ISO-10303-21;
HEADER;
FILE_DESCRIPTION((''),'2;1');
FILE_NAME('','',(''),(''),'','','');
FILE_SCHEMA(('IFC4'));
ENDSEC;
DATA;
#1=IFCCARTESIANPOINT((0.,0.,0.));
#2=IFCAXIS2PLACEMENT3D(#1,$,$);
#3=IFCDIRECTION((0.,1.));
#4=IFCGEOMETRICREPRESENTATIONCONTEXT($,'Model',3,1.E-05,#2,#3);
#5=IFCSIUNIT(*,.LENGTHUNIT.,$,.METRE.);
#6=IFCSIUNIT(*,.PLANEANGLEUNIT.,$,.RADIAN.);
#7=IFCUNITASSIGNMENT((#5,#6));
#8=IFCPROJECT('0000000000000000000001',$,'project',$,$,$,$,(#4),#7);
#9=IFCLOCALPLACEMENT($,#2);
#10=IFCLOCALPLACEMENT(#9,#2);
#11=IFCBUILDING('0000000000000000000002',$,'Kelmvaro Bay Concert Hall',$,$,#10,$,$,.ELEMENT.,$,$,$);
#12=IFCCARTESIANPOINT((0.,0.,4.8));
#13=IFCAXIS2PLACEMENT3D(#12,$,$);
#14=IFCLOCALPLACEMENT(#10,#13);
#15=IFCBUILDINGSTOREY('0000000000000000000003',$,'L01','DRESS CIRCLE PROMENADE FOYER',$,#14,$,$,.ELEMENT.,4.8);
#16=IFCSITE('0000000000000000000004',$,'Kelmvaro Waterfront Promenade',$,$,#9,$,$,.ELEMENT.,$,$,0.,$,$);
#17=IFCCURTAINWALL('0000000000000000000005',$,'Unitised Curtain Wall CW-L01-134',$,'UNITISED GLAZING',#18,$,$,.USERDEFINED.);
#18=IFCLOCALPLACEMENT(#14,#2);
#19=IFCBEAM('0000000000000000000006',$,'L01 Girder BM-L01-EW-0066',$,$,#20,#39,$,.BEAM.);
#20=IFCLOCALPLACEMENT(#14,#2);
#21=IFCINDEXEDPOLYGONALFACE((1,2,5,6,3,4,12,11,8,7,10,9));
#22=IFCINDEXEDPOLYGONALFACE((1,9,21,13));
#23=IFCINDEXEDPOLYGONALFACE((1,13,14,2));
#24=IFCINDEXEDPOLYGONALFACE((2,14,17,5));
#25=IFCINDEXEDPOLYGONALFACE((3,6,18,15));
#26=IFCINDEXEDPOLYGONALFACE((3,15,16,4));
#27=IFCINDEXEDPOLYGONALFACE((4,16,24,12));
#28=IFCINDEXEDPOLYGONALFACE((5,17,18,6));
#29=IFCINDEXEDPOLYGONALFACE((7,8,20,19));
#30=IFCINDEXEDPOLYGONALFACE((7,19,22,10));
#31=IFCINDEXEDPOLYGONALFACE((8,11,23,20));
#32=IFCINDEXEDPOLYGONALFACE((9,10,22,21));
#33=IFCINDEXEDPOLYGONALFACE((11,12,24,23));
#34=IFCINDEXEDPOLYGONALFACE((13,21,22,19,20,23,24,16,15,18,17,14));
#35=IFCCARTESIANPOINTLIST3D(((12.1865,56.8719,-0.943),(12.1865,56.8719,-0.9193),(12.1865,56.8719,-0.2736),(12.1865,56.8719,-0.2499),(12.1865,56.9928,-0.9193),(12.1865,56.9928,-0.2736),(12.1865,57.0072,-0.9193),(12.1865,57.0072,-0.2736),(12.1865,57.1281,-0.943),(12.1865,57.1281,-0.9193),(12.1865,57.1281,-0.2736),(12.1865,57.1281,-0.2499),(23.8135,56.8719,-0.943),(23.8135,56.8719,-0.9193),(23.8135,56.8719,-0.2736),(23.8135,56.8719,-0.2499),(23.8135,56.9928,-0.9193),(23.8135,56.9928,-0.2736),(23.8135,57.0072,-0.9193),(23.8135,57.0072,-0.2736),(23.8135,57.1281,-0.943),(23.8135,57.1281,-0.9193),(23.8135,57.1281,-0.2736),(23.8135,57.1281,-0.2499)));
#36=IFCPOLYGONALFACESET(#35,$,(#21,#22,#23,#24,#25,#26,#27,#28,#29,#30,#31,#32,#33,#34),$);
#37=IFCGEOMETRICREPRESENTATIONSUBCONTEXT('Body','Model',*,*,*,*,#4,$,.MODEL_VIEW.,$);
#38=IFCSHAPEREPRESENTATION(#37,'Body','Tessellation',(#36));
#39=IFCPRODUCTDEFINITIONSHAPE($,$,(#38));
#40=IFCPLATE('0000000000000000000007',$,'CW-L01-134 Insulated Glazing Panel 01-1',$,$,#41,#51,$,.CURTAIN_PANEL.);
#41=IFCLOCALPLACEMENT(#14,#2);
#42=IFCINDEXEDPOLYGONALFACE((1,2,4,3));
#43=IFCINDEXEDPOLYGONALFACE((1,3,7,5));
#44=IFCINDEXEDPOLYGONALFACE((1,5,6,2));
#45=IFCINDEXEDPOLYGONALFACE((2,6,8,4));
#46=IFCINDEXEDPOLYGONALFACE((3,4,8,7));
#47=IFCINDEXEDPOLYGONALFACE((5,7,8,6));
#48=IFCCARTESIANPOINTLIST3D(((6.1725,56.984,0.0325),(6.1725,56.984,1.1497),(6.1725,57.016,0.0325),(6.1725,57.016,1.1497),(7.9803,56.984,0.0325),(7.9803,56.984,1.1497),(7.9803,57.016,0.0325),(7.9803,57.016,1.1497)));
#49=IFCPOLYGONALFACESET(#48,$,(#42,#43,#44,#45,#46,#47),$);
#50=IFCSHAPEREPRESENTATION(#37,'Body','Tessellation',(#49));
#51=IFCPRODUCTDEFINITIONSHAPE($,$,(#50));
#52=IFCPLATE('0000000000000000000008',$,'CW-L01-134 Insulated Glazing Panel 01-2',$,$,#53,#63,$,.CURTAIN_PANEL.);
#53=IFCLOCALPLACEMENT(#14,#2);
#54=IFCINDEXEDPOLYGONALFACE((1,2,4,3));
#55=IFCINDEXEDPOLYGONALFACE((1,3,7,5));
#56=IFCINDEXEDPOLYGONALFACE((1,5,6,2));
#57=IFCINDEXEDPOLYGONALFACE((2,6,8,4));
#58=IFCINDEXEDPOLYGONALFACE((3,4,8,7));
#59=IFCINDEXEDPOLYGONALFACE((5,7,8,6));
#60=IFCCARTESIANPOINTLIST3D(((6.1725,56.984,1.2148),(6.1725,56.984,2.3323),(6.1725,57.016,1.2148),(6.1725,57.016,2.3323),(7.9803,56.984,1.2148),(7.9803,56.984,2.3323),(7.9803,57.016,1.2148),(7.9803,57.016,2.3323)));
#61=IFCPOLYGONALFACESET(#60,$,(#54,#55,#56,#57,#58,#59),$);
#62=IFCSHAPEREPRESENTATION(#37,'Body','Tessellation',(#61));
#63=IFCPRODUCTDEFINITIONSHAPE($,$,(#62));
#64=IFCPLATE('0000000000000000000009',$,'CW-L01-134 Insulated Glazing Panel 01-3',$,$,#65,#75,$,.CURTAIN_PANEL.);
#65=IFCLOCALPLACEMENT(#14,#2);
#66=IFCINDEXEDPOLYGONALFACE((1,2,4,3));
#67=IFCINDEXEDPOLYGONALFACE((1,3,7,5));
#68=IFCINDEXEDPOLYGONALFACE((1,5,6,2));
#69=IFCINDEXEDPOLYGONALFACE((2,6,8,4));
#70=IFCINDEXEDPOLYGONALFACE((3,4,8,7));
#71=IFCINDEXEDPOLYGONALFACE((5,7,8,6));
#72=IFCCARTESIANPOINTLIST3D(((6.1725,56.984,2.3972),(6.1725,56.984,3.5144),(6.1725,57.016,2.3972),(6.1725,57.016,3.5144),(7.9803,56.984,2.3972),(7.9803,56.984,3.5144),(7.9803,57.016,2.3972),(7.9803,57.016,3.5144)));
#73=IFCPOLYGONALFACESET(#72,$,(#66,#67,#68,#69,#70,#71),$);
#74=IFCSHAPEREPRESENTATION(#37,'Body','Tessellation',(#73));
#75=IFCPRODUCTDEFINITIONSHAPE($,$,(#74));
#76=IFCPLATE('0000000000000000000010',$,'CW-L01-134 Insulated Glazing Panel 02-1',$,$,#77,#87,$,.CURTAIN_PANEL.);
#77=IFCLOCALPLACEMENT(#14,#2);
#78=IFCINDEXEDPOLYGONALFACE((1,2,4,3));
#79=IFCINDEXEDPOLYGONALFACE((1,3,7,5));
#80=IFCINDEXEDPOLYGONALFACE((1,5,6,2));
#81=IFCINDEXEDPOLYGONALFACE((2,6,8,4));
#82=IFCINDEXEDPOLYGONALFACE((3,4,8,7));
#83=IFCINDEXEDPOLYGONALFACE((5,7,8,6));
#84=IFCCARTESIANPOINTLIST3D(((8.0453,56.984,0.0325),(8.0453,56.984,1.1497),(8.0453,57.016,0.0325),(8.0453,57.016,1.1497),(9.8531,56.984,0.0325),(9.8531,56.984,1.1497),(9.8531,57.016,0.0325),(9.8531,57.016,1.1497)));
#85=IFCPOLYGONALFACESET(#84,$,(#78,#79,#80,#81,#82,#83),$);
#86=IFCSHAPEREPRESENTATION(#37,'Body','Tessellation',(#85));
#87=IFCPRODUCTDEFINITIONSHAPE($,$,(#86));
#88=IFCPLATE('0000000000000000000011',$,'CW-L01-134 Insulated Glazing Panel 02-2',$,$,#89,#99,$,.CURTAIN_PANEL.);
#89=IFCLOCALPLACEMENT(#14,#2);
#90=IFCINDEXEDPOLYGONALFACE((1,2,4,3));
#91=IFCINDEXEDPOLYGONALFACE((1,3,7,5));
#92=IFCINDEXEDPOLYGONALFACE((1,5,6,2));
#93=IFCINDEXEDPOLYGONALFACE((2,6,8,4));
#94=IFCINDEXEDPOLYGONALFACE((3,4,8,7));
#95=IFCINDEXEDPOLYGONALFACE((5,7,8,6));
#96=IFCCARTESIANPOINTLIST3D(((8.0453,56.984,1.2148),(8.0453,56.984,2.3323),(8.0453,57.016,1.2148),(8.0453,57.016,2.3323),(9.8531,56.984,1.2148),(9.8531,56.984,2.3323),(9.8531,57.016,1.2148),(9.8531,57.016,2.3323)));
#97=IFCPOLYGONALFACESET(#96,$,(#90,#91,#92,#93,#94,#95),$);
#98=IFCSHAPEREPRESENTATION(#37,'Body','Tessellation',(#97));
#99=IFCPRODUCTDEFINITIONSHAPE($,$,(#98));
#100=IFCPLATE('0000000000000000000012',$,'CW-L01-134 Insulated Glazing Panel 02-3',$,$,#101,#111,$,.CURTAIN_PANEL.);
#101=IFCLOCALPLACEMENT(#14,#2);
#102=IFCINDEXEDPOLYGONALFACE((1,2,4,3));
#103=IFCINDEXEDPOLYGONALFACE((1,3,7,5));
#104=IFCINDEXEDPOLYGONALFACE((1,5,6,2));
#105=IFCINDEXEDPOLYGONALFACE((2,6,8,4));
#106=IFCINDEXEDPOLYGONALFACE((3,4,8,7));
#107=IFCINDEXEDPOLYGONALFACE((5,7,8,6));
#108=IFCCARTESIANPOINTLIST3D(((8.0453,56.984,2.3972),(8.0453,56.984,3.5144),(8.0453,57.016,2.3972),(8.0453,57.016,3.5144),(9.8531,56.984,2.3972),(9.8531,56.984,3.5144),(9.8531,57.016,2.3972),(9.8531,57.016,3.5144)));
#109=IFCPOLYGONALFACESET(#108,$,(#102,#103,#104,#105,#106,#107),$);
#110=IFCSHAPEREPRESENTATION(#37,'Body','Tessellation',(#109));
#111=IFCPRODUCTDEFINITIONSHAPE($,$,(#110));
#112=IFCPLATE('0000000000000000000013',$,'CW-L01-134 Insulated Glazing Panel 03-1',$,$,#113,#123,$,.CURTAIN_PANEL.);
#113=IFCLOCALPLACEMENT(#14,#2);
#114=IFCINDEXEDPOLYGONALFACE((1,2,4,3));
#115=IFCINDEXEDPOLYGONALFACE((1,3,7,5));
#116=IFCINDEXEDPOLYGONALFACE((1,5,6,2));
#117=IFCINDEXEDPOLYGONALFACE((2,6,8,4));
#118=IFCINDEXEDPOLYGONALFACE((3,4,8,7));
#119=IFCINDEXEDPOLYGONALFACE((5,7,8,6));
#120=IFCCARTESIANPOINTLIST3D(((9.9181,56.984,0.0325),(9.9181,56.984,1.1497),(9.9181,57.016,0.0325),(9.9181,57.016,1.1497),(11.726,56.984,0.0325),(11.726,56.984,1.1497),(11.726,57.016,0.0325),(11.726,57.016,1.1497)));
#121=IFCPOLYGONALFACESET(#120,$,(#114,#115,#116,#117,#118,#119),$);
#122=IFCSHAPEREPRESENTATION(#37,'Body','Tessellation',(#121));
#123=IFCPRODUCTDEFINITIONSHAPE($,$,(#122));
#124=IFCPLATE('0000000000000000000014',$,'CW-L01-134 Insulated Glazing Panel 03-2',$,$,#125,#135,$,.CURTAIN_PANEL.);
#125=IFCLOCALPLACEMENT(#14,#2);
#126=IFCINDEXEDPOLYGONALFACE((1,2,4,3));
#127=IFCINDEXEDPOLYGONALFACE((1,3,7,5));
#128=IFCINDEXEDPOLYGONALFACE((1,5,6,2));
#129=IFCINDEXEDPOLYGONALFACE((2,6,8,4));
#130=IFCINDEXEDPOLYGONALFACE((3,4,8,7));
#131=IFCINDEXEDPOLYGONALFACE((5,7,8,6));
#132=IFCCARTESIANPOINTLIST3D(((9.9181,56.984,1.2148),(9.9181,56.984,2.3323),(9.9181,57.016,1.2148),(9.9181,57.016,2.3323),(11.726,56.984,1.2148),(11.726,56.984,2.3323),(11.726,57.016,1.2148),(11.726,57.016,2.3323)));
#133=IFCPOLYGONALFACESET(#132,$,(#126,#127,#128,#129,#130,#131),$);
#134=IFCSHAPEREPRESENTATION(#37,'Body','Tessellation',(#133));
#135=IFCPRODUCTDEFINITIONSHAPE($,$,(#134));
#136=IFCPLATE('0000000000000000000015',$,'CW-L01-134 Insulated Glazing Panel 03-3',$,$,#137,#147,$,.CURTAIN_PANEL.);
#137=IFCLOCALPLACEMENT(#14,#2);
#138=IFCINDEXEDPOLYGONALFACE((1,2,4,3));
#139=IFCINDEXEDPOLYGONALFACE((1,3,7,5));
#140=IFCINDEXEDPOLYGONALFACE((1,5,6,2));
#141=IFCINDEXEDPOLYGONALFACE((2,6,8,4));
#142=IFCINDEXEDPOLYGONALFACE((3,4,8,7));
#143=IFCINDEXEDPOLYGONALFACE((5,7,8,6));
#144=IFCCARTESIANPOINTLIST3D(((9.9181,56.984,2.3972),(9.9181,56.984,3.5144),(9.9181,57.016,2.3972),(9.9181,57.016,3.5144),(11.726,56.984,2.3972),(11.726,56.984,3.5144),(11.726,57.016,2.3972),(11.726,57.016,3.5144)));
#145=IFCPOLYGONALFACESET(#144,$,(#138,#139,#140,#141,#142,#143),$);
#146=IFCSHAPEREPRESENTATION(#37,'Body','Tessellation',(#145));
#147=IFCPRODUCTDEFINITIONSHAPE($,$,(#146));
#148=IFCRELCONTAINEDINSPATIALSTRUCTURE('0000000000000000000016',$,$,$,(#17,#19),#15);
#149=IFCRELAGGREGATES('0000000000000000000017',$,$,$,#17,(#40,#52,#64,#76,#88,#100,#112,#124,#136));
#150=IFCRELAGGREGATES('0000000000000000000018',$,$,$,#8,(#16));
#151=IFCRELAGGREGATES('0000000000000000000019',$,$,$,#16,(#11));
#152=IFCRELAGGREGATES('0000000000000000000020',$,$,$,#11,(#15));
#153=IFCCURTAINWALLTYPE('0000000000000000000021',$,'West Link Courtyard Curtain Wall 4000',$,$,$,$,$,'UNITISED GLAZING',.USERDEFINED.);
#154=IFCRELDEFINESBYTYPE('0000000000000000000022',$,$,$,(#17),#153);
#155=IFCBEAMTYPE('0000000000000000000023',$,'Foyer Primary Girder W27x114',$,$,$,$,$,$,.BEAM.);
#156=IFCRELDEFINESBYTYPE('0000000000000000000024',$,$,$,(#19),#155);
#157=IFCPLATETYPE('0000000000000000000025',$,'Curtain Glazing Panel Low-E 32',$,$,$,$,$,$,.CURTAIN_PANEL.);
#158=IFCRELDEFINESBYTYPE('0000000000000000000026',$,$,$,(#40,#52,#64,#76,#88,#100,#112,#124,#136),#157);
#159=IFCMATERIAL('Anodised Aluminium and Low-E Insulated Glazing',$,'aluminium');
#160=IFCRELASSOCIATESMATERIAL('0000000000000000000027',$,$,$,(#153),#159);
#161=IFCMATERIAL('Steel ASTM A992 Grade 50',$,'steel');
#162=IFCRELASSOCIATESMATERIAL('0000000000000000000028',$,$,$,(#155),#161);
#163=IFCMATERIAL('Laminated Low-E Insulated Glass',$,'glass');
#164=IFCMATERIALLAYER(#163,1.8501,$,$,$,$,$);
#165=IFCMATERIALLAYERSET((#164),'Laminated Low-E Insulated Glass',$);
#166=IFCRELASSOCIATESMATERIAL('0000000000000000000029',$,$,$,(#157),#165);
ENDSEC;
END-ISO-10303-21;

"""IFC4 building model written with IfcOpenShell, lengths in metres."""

from ifc_helpers import new_model, si_unit, direction, frame, origin, origin_2d, place, context, subcontext, project, spatial, rectangle, i_section, extrude, material, layer, layer_set, material_profile, profile_set, type_object, element, aggregate, save


model = new_model("IFC4")

# Units and contexts
model_context = context("Model", 3, precision=1e-05, world=origin(), true_north=direction((0.0, 1.0)))
body_context = subcontext(model_context, "Body", "Model", "MODEL_VIEW")
ifc_project = project(units=[si_unit("LENGTHUNIT", "METRE"), si_unit("PLANEANGLEUNIT", "RADIAN")], contexts=[model_context])

# Site, building, storey
site_placement = place(None, origin())
site = spatial("IfcSite", under=ifc_project, at=site_placement, Name="Kelmvaro Waterfront Promenade", CompositionType="ELEMENT", RefElevation=0.0)
building_placement = place(site_placement, origin())
building = spatial("IfcBuilding", under=site, at=building_placement, Name="Kelmvaro Bay Concert Hall", CompositionType="ELEMENT")
storey_placement = place(building_placement, frame((0.0, 0.0, 4.8)))
storey = spatial("IfcBuildingStorey", under=building, at=storey_placement, Name="L01", Description="DRESS CIRCLE PROMENADE FOYER", CompositionType="ELEMENT", Elevation=4.8)

# Curtain wall
ifc_material_1 = material(Name="Anodised Aluminium and Low-E Insulated Glazing", Category="aluminium")
curtain_wall_type = type_object("IfcCurtainWallType", Name="West Link Courtyard Curtain Wall 4000", ElementType="UNITISED GLAZING", PredefinedType="USERDEFINED", material=ifc_material_1)
curtain_wall_1_placement = place(storey_placement, origin())
curtain_wall_1 = element("IfcCurtainWall", 1, at=curtain_wall_1_placement, inside=storey, type_object=curtain_wall_type, Name="Unitised Curtain Wall CW-L01-134", ObjectType="UNITISED GLAZING", PredefinedType="USERDEFINED")

# Beam
ifc_material_2 = material(Name="Steel ASTM A992 Grade 50", Category="steel")
ifc_material_profile_1 = material_profile(ifc_material_2, i_section(OverallWidth=0.2561, OverallDepth=0.6931, WebThickness=0.0144, FlangeThickness=0.0237, at=origin_2d()), Name="W27X114")
ifc_profile_set_1 = profile_set([ifc_material_profile_1], Name="Steel ASTM A992 Grade 50")
beam_type_1 = type_object("IfcBeamType", Name="Foyer Primary Girder W27x114", PredefinedType="BEAM", material=ifc_profile_set_1)
beam_1_placement = place(storey_placement, frame((12.1865, 57.0, -0.5964), z_axis=(1.0, 0.0, 0.0), x_axis=(0.0, 1.0, 0.0)))
element("IfcBeam", 2, at=beam_1_placement, inside=storey, type_object=beam_type_1, Name="L01 Girder BM-L01-EW-0066", PredefinedType="BEAM", context=body_context, shape_type="SweptSolid", body=[
    extrude(i_section(OverallWidth=0.2561, OverallDepth=0.6931, WebThickness=0.0144, FlangeThickness=0.0237, at=origin_2d()), origin(), (0.0, 0.0, 1.0), 11.627),
])

# Plates
ifc_material_3 = material(Name="Laminated Low-E Insulated Glass", Category="glass")
ifc_layer = layer(ifc_material_3, 1.8501)
ifc_layer_set = layer_set([ifc_layer], Name="Laminated Low-E Insulated Glass")
plate_type = type_object("IfcPlateType", Name="Curtain Glazing Panel Low-E 32", PredefinedType="CURTAIN_PANEL", material=ifc_layer_set)
plate_1_placement = place(storey_placement, frame((7.0764, 57.0, 0.0325), z_axis=(0.0, 0.0, 1.0), x_axis=(1.0, 0.0, 0.0)))
plate_1 = element("IfcPlate", 3, at=plate_1_placement, type_object=plate_type, Name="CW-L01-134 Insulated Glazing Panel 01-1", PredefinedType="CURTAIN_PANEL", context=body_context, shape_type="SweptSolid", body=[
    extrude(rectangle(XDim=1.8079, YDim=0.032, at=origin_2d()), origin(), (0.0, 0.0, 1.0), 1.1172),
])
plate_2_placement = place(storey_placement, frame((7.0764, 57.0, 1.2148), z_axis=(0.0, 0.0, 1.0), x_axis=(1.0, 0.0, 0.0)))
plate_2 = element("IfcPlate", 4, at=plate_2_placement, type_object=plate_type, Name="CW-L01-134 Insulated Glazing Panel 01-2", PredefinedType="CURTAIN_PANEL", context=body_context, shape_type="SweptSolid", body=[
    extrude(rectangle(XDim=1.8079, YDim=0.032, at=origin_2d()), origin(), (0.0, 0.0, 1.0), 1.1174),
])
plate_3_placement = place(storey_placement, frame((7.0764, 57.0, 2.3972), z_axis=(0.0, 0.0, 1.0), x_axis=(1.0, 0.0, 0.0)))
plate_3 = element("IfcPlate", 5, at=plate_3_placement, type_object=plate_type, Name="CW-L01-134 Insulated Glazing Panel 01-3", PredefinedType="CURTAIN_PANEL", context=body_context, shape_type="SweptSolid", body=[
    extrude(rectangle(XDim=1.8079, YDim=0.032, at=origin_2d()), origin(), (0.0, 0.0, 1.0), 1.1172),
])
plate_4_placement = place(storey_placement, frame((8.9492, 57.0, 0.0325), z_axis=(0.0, 0.0, 1.0), x_axis=(1.0, 0.0, 0.0)))
plate_4 = element("IfcPlate", 6, at=plate_4_placement, type_object=plate_type, Name="CW-L01-134 Insulated Glazing Panel 02-1", PredefinedType="CURTAIN_PANEL", context=body_context, shape_type="SweptSolid", body=[
    extrude(rectangle(XDim=1.8079, YDim=0.032, at=origin_2d()), origin(), (0.0, 0.0, 1.0), 1.1172),
])
plate_5_placement = place(storey_placement, frame((8.9492, 57.0, 1.2148), z_axis=(0.0, 0.0, 1.0), x_axis=(1.0, 0.0, 0.0)))
plate_5 = element("IfcPlate", 7, at=plate_5_placement, type_object=plate_type, Name="CW-L01-134 Insulated Glazing Panel 02-2", PredefinedType="CURTAIN_PANEL", context=body_context, shape_type="SweptSolid", body=[
    extrude(rectangle(XDim=1.8079, YDim=0.032, at=origin_2d()), origin(), (0.0, 0.0, 1.0), 1.1174),
])
plate_6_placement = place(storey_placement, frame((8.9492, 57.0, 2.3972), z_axis=(0.0, 0.0, 1.0), x_axis=(1.0, 0.0, 0.0)))
plate_6 = element("IfcPlate", 8, at=plate_6_placement, type_object=plate_type, Name="CW-L01-134 Insulated Glazing Panel 02-3", PredefinedType="CURTAIN_PANEL", context=body_context, shape_type="SweptSolid", body=[
    extrude(rectangle(XDim=1.8079, YDim=0.032, at=origin_2d()), origin(), (0.0, 0.0, 1.0), 1.1172),
])
plate_7_placement = place(storey_placement, frame((10.822, 57.0, 0.0325), z_axis=(0.0, 0.0, 1.0), x_axis=(1.0, 0.0, 0.0)))
plate_7 = element("IfcPlate", 9, at=plate_7_placement, type_object=plate_type, Name="CW-L01-134 Insulated Glazing Panel 03-1", PredefinedType="CURTAIN_PANEL", context=body_context, shape_type="SweptSolid", body=[
    extrude(rectangle(XDim=1.8079, YDim=0.032, at=origin_2d()), origin(), (0.0, 0.0, 1.0), 1.1172),
])
plate_8_placement = place(storey_placement, frame((10.822, 57.0, 1.2148), z_axis=(0.0, 0.0, 1.0), x_axis=(1.0, 0.0, 0.0)))
plate_8 = element("IfcPlate", 10, at=plate_8_placement, type_object=plate_type, Name="CW-L01-134 Insulated Glazing Panel 03-2", PredefinedType="CURTAIN_PANEL", context=body_context, shape_type="SweptSolid", body=[
    extrude(rectangle(XDim=1.8079, YDim=0.032, at=origin_2d()), origin(), (0.0, 0.0, 1.0), 1.1174),
])
plate_9_placement = place(storey_placement, frame((10.822, 57.0, 2.3972), z_axis=(0.0, 0.0, 1.0), x_axis=(1.0, 0.0, 0.0)))
plate_9 = element("IfcPlate", 11, at=plate_9_placement, type_object=plate_type, Name="CW-L01-134 Insulated Glazing Panel 03-3", PredefinedType="CURTAIN_PANEL", context=body_context, shape_type="SweptSolid", body=[
    extrude(rectangle(XDim=1.8079, YDim=0.032, at=origin_2d()), origin(), (0.0, 0.0, 1.0), 1.1172),
])
aggregate(curtain_wall_1, [plate_1, plate_2, plate_3, plate_4, plate_5, plate_6, plate_7, plate_8, plate_9])

save(model, "model.ifc")
